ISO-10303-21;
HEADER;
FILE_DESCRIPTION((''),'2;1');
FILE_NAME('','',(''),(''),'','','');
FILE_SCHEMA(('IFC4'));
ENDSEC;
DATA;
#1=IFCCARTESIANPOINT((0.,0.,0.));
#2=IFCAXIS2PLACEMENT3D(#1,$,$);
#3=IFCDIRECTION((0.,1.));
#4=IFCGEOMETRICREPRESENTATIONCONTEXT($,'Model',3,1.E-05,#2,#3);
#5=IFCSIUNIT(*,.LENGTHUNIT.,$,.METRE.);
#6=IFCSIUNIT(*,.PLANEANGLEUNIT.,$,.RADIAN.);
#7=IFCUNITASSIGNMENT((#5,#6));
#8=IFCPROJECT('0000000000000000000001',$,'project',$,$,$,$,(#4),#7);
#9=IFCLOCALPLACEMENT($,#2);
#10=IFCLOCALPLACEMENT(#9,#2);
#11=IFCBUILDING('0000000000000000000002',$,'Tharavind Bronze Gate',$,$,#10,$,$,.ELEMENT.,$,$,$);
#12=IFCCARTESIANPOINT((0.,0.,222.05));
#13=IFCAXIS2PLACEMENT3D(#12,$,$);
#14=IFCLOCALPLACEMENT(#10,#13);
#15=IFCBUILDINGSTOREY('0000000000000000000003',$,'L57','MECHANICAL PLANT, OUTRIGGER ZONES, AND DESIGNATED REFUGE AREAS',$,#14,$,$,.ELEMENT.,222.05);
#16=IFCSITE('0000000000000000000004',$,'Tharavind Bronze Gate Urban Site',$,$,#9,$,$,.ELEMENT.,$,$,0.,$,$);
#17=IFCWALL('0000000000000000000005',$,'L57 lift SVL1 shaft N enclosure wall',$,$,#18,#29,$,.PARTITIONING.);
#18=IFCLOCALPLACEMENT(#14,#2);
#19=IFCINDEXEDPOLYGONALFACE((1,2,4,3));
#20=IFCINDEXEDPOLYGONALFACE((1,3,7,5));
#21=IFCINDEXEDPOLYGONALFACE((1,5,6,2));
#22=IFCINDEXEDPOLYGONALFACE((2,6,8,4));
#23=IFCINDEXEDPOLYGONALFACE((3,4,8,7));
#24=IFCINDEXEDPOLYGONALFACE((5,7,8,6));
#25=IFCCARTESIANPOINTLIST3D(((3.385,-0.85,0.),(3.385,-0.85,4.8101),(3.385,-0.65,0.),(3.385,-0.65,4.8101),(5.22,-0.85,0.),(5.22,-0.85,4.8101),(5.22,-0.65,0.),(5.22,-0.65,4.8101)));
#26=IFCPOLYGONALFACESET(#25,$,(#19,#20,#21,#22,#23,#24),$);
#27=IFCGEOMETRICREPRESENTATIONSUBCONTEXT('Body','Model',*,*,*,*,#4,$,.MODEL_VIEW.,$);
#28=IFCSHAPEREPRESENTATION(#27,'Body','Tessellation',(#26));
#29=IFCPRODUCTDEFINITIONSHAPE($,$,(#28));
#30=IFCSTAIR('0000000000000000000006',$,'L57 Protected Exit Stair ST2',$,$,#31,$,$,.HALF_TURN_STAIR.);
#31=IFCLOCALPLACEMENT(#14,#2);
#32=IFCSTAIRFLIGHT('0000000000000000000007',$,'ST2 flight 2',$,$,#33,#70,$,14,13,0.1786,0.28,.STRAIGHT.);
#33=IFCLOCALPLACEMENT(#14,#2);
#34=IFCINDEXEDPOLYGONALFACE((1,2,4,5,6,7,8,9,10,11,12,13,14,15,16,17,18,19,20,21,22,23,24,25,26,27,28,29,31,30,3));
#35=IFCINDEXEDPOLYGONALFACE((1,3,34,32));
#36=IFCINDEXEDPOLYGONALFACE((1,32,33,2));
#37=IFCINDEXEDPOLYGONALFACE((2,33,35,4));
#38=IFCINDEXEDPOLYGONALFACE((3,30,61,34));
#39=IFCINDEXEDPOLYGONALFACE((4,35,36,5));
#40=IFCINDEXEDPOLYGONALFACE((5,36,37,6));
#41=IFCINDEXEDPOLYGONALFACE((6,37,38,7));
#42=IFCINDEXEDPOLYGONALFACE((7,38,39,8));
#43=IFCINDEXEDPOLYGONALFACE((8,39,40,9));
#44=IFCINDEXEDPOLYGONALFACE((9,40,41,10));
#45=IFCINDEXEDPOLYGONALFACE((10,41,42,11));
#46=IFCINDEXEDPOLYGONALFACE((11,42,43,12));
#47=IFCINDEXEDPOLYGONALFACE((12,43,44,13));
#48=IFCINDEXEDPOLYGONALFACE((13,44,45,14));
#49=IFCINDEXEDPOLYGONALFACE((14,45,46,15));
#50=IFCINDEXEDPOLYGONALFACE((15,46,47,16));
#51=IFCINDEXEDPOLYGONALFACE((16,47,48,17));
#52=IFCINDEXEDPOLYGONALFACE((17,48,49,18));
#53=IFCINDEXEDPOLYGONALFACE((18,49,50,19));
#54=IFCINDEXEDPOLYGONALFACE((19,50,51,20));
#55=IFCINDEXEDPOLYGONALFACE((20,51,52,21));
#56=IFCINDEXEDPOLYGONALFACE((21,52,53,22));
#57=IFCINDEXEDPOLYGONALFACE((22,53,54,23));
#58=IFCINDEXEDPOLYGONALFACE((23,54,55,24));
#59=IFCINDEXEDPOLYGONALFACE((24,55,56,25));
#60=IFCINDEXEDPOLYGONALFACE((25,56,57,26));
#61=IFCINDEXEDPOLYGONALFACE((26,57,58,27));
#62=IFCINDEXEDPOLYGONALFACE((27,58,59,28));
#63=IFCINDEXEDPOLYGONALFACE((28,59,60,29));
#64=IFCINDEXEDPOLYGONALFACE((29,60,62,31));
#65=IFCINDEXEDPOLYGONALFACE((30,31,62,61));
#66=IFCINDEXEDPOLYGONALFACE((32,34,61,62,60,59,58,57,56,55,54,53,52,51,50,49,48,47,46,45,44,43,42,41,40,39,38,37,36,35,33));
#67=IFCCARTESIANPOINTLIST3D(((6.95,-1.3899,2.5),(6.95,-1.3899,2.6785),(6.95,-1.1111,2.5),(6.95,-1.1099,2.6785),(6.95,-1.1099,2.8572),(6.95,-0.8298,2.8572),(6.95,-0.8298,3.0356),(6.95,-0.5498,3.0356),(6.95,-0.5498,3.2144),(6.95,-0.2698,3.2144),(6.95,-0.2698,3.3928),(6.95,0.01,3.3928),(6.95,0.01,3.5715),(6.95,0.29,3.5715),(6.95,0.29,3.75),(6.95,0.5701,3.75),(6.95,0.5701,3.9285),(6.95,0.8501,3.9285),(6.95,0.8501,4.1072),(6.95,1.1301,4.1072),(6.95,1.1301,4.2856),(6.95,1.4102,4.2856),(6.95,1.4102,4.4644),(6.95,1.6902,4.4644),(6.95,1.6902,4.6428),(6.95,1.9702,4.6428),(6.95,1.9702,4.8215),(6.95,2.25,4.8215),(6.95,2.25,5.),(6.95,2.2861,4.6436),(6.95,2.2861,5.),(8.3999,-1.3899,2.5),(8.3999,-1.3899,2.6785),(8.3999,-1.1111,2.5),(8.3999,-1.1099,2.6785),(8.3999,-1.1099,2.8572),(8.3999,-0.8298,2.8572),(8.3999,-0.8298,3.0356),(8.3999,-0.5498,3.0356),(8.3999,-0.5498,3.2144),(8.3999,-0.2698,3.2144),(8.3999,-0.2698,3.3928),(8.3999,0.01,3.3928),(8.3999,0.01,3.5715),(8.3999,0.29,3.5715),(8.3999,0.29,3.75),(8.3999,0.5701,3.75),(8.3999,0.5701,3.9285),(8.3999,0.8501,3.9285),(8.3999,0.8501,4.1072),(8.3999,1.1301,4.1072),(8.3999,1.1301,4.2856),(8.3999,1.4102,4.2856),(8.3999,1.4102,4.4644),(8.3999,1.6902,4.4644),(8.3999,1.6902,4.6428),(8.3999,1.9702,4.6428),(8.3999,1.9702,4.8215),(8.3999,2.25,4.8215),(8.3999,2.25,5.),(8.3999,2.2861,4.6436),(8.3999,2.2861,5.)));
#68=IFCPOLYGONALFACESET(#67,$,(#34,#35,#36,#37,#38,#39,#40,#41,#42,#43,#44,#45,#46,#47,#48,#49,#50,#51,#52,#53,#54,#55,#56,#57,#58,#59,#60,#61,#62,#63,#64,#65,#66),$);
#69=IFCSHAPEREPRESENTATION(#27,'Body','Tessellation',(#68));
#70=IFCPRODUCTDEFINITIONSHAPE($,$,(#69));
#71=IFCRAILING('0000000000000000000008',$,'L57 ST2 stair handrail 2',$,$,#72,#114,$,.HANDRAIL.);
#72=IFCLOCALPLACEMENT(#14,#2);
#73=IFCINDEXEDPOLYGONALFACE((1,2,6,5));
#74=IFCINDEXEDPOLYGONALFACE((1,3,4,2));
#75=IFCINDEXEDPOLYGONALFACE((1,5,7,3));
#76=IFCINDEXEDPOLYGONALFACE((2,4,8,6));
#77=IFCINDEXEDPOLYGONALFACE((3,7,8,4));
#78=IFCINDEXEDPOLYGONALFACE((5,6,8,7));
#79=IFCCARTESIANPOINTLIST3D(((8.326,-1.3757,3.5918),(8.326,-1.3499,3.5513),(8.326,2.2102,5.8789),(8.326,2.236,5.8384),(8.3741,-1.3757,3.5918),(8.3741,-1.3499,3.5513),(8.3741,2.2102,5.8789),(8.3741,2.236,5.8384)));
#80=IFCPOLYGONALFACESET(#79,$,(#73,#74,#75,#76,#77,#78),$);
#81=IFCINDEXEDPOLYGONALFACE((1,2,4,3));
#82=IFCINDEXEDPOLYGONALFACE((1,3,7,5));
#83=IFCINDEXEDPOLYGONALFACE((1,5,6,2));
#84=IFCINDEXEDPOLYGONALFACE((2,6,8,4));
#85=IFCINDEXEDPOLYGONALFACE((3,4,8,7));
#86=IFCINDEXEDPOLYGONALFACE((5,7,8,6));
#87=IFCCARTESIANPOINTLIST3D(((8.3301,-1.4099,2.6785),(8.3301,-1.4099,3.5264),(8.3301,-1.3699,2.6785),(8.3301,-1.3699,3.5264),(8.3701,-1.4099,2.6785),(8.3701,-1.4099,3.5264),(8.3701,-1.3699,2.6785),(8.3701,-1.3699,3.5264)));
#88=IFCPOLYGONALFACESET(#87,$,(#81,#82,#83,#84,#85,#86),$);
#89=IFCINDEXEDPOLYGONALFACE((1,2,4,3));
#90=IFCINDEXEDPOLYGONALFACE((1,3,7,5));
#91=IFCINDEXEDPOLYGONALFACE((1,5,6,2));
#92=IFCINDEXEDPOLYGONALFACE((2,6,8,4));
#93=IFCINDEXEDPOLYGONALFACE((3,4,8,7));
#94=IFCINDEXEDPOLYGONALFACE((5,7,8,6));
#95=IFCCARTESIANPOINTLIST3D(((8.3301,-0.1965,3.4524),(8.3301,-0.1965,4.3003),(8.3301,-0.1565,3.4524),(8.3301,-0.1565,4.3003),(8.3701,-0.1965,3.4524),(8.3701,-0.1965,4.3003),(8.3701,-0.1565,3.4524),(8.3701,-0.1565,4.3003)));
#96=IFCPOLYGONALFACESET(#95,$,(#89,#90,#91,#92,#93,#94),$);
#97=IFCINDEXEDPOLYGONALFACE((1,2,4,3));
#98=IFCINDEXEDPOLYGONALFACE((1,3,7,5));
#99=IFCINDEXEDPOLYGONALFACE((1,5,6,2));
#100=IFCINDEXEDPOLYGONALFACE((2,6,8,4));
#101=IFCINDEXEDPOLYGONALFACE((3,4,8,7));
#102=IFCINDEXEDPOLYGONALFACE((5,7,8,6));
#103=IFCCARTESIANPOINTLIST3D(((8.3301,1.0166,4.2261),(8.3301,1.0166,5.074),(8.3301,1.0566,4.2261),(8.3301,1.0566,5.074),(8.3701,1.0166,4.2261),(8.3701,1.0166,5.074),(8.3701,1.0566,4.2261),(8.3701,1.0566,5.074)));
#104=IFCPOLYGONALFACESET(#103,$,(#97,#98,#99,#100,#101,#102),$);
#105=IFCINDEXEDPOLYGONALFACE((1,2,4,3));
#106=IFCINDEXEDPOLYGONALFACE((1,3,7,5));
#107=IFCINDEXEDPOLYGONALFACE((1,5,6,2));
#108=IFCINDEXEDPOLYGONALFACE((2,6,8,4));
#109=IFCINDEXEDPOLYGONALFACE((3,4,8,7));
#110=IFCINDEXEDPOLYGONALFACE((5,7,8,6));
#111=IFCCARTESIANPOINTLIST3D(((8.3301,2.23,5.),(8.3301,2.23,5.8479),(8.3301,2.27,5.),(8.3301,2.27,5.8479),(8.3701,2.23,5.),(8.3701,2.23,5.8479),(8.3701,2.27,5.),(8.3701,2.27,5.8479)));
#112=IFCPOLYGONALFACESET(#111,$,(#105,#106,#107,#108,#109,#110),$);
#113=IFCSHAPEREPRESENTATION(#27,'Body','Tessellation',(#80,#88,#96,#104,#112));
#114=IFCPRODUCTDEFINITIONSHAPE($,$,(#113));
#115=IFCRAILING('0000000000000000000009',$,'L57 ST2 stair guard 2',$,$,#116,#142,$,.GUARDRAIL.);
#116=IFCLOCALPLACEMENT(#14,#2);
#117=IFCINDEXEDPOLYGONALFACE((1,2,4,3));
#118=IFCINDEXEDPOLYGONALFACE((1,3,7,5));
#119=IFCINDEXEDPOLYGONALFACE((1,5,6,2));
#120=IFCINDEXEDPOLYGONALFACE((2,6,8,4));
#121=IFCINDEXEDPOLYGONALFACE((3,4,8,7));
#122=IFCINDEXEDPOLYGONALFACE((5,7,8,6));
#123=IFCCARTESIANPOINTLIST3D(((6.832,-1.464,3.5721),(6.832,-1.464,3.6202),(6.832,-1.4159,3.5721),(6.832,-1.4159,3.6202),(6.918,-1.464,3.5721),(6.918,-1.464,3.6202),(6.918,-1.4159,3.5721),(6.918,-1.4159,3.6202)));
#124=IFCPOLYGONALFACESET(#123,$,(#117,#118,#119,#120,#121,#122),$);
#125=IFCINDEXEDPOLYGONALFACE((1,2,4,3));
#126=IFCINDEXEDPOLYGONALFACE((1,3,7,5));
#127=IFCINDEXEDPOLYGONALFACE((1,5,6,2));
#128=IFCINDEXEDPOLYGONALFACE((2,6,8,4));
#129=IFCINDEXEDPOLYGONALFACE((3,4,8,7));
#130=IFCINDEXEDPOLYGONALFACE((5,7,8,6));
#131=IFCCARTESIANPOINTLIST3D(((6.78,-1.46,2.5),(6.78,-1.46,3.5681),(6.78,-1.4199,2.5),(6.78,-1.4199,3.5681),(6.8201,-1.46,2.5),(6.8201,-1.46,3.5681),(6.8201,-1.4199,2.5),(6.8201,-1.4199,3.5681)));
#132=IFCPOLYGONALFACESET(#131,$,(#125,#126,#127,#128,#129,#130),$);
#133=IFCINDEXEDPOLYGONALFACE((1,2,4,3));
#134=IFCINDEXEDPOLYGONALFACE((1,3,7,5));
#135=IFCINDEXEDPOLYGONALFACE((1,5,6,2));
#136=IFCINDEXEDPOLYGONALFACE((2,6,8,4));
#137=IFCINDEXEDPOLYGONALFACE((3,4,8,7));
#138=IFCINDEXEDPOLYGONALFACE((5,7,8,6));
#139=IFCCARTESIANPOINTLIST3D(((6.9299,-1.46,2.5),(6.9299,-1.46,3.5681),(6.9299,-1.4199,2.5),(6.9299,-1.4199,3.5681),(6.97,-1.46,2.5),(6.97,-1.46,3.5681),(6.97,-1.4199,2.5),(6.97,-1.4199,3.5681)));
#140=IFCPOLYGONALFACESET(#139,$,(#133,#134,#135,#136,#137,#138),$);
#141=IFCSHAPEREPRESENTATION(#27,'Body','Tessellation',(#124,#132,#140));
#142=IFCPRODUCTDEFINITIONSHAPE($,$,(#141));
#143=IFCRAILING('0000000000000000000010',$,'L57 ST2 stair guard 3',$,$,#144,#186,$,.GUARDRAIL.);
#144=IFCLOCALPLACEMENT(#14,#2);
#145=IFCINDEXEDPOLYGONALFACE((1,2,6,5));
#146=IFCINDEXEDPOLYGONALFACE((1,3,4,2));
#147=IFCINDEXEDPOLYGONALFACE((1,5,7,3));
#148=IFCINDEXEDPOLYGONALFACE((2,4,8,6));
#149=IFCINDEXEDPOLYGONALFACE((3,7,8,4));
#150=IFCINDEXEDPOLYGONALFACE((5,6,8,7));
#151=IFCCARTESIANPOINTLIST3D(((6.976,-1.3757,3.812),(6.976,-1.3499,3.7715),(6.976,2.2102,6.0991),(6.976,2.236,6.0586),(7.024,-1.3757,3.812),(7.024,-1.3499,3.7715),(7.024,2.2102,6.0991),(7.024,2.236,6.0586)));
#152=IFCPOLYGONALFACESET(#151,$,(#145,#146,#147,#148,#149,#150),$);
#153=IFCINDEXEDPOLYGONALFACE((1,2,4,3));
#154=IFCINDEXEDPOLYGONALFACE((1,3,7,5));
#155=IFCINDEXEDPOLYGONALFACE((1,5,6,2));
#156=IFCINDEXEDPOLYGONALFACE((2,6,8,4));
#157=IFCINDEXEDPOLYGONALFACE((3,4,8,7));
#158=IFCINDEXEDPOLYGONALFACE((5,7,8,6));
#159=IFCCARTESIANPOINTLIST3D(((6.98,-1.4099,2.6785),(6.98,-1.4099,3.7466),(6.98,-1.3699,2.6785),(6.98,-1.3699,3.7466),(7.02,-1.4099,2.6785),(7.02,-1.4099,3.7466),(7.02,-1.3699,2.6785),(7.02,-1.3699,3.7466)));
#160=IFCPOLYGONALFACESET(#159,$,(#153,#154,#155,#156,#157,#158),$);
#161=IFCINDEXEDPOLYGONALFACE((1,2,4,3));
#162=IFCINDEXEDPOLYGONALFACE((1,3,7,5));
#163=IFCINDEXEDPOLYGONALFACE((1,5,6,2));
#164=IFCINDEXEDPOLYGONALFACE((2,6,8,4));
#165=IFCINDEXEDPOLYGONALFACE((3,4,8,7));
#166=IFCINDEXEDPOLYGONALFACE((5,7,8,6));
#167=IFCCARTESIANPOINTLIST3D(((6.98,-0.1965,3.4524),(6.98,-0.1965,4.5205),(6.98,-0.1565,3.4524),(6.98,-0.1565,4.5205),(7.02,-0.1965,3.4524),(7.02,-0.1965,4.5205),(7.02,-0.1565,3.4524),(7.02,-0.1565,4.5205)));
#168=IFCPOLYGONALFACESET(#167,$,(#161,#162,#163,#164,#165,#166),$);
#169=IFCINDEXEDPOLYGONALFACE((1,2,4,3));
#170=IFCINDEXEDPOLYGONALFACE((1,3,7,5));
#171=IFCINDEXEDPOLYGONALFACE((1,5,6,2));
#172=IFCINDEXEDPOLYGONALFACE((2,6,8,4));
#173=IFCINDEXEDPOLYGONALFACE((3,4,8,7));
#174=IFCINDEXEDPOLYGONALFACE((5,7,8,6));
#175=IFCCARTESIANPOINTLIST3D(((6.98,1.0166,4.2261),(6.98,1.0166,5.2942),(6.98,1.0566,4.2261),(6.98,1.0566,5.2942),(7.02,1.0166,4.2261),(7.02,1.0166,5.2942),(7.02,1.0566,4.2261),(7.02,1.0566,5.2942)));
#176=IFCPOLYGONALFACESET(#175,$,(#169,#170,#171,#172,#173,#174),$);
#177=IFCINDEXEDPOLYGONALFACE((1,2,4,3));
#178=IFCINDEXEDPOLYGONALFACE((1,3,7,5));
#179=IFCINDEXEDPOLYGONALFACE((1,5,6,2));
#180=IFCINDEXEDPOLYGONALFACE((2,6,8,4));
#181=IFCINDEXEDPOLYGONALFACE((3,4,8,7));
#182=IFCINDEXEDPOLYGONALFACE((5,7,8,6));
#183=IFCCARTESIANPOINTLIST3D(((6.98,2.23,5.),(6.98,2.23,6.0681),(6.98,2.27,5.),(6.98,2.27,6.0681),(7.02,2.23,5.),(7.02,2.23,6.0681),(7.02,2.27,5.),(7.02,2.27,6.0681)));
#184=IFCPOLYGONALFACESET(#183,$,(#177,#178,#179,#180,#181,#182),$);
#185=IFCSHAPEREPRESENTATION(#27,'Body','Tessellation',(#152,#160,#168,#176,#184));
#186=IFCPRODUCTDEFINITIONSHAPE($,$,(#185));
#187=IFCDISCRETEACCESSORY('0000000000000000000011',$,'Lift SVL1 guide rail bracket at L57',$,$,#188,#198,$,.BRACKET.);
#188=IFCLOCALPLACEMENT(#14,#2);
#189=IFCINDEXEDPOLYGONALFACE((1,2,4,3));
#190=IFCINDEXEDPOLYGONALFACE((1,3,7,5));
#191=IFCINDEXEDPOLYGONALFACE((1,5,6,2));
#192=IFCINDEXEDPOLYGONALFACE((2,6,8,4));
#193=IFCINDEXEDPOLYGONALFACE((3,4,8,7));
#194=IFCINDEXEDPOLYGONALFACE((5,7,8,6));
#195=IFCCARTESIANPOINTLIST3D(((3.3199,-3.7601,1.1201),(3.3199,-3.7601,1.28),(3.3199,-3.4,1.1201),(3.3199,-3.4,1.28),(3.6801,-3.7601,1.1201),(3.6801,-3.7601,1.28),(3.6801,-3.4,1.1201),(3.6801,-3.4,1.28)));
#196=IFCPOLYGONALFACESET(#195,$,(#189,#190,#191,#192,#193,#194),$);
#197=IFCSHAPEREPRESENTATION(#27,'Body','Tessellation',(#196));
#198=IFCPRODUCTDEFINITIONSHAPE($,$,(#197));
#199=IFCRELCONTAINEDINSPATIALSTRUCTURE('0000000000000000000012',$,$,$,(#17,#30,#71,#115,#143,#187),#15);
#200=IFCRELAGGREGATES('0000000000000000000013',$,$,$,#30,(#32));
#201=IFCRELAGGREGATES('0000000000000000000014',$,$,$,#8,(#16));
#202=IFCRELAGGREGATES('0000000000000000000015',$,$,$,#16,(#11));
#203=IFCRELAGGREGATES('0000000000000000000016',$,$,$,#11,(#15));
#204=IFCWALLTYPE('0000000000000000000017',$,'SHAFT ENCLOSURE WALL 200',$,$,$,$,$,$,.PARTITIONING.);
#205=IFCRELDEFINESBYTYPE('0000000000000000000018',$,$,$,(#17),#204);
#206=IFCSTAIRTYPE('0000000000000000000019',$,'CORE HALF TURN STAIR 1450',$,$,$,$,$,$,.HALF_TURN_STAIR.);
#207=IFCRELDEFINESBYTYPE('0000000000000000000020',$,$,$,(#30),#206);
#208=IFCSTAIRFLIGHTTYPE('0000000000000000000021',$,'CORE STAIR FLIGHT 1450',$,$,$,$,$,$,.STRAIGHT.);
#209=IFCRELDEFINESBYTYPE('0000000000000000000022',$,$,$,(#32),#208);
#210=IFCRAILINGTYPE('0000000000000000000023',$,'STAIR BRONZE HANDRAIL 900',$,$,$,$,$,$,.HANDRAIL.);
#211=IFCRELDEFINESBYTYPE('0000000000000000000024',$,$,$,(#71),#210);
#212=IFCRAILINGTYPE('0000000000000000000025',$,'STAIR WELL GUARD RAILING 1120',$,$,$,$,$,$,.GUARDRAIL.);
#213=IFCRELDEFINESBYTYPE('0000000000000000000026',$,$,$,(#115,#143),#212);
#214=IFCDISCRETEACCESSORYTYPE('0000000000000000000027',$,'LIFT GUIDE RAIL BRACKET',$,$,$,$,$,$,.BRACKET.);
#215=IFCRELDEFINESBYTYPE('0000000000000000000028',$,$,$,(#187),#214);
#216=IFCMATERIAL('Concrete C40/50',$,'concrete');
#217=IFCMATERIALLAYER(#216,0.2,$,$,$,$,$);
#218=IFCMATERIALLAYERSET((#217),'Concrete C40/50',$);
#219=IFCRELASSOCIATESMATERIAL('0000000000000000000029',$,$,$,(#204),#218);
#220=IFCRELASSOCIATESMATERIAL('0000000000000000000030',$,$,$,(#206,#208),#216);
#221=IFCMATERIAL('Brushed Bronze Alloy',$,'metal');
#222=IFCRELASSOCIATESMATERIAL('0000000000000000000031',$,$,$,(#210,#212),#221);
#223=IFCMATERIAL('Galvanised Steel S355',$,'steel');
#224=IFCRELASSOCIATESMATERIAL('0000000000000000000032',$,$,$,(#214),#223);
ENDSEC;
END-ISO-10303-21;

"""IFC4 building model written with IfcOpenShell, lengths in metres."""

from ifc_helpers import new_model, si_unit, direction, frame, frame_2d, origin, origin_2d, place, context, subcontext, project, spatial, polyline, rectangle, outline, extrude, material, layer, layer_set, type_object, element, aggregate, save


model = new_model("IFC4")

# Units and contexts
model_context = context("Model", 3, precision=1e-05, world=origin(), true_north=direction((0.0, 1.0)))
body_context = subcontext(model_context, "Body", "Model", "MODEL_VIEW")
ifc_project = project(units=[si_unit("LENGTHUNIT", "METRE"), si_unit("PLANEANGLEUNIT", "RADIAN")], contexts=[model_context])

# Site, building, storey
site_placement = place(None, origin())
site = spatial("IfcSite", under=ifc_project, at=site_placement, Name="Tharavind Bronze Gate Urban Site", CompositionType="ELEMENT", RefElevation=0.0)
building_placement = place(site_placement, origin())
building = spatial("IfcBuilding", under=site, at=building_placement, Name="Tharavind Bronze Gate", CompositionType="ELEMENT")
storey_placement = place(building_placement, frame((0.0, 0.0, 222.05)))
storey = spatial("IfcBuildingStorey", under=building, at=storey_placement, Name="L57", Description="MECHANICAL PLANT, OUTRIGGER ZONES, AND DESIGNATED REFUGE AREAS", CompositionType="ELEMENT", Elevation=222.05)

# Wall
ifc_material_1 = material(Name="Concrete C40/50", Category="concrete")
ifc_layer_1 = layer(ifc_material_1, 0.2)
ifc_layer_set_1 = layer_set([ifc_layer_1], Name="Concrete C40/50")
wall_type_1 = type_object("IfcWallType", Name="SHAFT ENCLOSURE WALL 200", PredefinedType="PARTITIONING", material=ifc_layer_set_1)
wall_1_placement = place(storey_placement, frame((3.385, -0.75, 0.0), z_axis=(0.0, 0.0, 1.0), x_axis=(1.0, 0.0, 0.0)))
element("IfcWall", 1, at=wall_1_placement, inside=storey, type_object=wall_type_1, Name="L57 lift SVL1 shaft N enclosure wall", PredefinedType="PARTITIONING", context=body_context, shape_type="SweptSolid", body=[
    extrude(rectangle(XDim=1.835, YDim=0.2, at=frame_2d((0.9175, 0.0))), origin(), (0.0, 0.0, 1.0), 4.8101),
])

# Stair, stair flight
stair_type = type_object("IfcStairType", Name="CORE HALF TURN STAIR 1450", PredefinedType="HALF_TURN_STAIR", material=ifc_material_1)
stair_placement = place(storey_placement, origin())
stair = element("IfcStair", 2, at=stair_placement, inside=storey, type_object=stair_type, Name="L57 Protected Exit Stair ST2", PredefinedType="HALF_TURN_STAIR")
stair_flight_type = type_object("IfcStairFlightType", Name="CORE STAIR FLIGHT 1450", PredefinedType="STRAIGHT", material=ifc_material_1)
stair_flight_placement = place(storey_placement, frame((7.675, -1.3899, 2.5), z_axis=(0.0, 0.0, 1.0), x_axis=(0.0, 1.0, 0.0)))
stair_flight = element("IfcStairFlight", 3, at=stair_flight_placement, type_object=stair_flight_type, Name="ST2 flight 2", NumberOfRisers=14, NumberOfTreads=13, PredefinedType="STRAIGHT", RiserHeight=0.1786, TreadLength=0.28, context=body_context, shape_type="SweptSolid", body=[
    extrude(outline(polyline([(0.0, 0.0), (0.0, 0.1785), (0.28, 0.1785), (0.28, 0.3572), (0.5601, 0.3572), (0.5601, 0.5356), (0.8401, 0.5356), (0.8401, 0.7144), (1.1201, 0.7144), (1.1201, 0.8928), (1.3999, 0.8928), (1.3999, 1.0715), (1.6799, 1.0715), (1.6799, 1.25), (1.96, 1.25), (1.96, 1.4285), (2.24, 1.4285), (2.24, 1.6072), (2.52, 1.6072), (2.52, 1.7856), (2.8, 1.7856), (2.8, 1.9644), (3.0801, 1.9644), (3.0801, 2.1428), (3.3601, 2.1428), (3.3601, 2.3215), (3.6399, 2.3215), (3.6399, 2.5), (3.676, 2.5), (3.676, 2.1436), (0.2788, 0.0), (0.0, 0.0)])), frame((0.0, 0.7251, 0.0), z_axis=(0.0, -1.0, 0.0), x_axis=(1.0, 0.0, 0.0)), (0.0, 0.0, 1.0), 1.45),
])
aggregate(stair, [stair_flight])

# Railings
ifc_material_2 = material(Name="Brushed Bronze Alloy", Category="metal")
railing_type_1 = type_object("IfcRailingType", Name="STAIR BRONZE HANDRAIL 900", PredefinedType="HANDRAIL", material=ifc_material_2)
railing_1_placement = place(storey_placement, frame((8.3501, -1.3899, 2.6785)))
element("IfcRailing", 4, at=railing_1_placement, inside=storey, type_object=railing_type_1, Name="L57 ST2 stair handrail 2", PredefinedType="HANDRAIL", context=body_context, shape_type="SweptSolid", body=[
    extrude(rectangle(XDim=0.0481, YDim=0.0481, at=origin_2d()), frame((0.0, 0.0271, 0.8931), z_axis=(0.0, 0.843112, 0.537739), x_axis=(-1.0, 0.0, 0.0)), (0.0, 0.0, 1.0), 4.2532),
    extrude(rectangle(XDim=0.04, YDim=0.04, at=origin_2d()), origin(), (0.0, 0.0, 1.0), 0.8479),
    extrude(rectangle(XDim=0.04, YDim=0.04, at=origin_2d()), frame((0.0, 1.2134, 0.7739)), (0.0, 0.0, 1.0), 0.8479),
    extrude(rectangle(XDim=0.04, YDim=0.04, at=origin_2d()), frame((0.0, 2.4265, 1.5476)), (0.0, 0.0, 1.0), 0.8479),
    extrude(rectangle(XDim=0.04, YDim=0.04, at=origin_2d()), frame((0.0, 3.6399, 2.3215)), (0.0, 0.0, 1.0), 0.8479),
])
railing_type_2 = type_object("IfcRailingType", Name="STAIR WELL GUARD RAILING 1120", PredefinedType="GUARDRAIL", material=ifc_material_2)
railing_2_placement = place(storey_placement, frame((6.8, -1.4399, 2.5)))
element("IfcRailing", 5, at=railing_2_placement, inside=storey, type_object=railing_type_2, Name="L57 ST2 stair guard 2", PredefinedType="GUARDRAIL", context=body_context, shape_type="SweptSolid", body=[
    extrude(rectangle(XDim=0.0481, YDim=0.0481, at=origin_2d()), frame((0.032, 0.0, 1.0962), z_axis=(1.0, 0.0, 0.0), x_axis=(0.0, 1.0, 0.0)), (0.0, 0.0, 1.0), 0.0859),
    extrude(rectangle(XDim=0.04, YDim=0.04, at=origin_2d()), origin(), (0.0, 0.0, 1.0), 1.0681),
    extrude(rectangle(XDim=0.04, YDim=0.04, at=origin_2d()), frame((0.1499, 0.0, 0.0)), (0.0, 0.0, 1.0), 1.0681),
])
railing_3_placement = place(storey_placement, frame((7.0, -1.3899, 2.6785)))
element("IfcRailing", 6, at=railing_3_placement, inside=storey, type_object=railing_type_2, Name="L57 ST2 stair guard 3", PredefinedType="GUARDRAIL", context=body_context, shape_type="SweptSolid", body=[
    extrude(rectangle(XDim=0.0481, YDim=0.0481, at=origin_2d()), frame((0.0, 0.0271, 1.1133), z_axis=(0.0, 0.843112, 0.537739), x_axis=(-1.0, 0.0, 0.0)), (0.0, 0.0, 1.0), 4.2532),
    extrude(rectangle(XDim=0.04, YDim=0.04, at=origin_2d()), origin(), (0.0, 0.0, 1.0), 1.0681),
    extrude(rectangle(XDim=0.04, YDim=0.04, at=origin_2d()), frame((0.0, 1.2134, 0.7739)), (0.0, 0.0, 1.0), 1.0681),
    extrude(rectangle(XDim=0.04, YDim=0.04, at=origin_2d()), frame((0.0, 2.4265, 1.5476)), (0.0, 0.0, 1.0), 1.0681),
    extrude(rectangle(XDim=0.04, YDim=0.04, at=origin_2d()), frame((0.0, 3.6399, 2.3215)), (0.0, 0.0, 1.0), 1.0681),
])

# Discrete accessory
ifc_material_3 = material(Name="Galvanised Steel S355", Category="steel")
discrete_accessory_type_1 = type_object("IfcDiscreteAccessoryType", Name="LIFT GUIDE RAIL BRACKET", PredefinedType="BRACKET", material=ifc_material_3)
discrete_accessory_1_placement = place(storey_placement, frame((3.5, -3.5801, 1.1201), z_axis=(0.0, 0.0, 1.0), x_axis=(1.0, 0.0, 0.0)))
element("IfcDiscreteAccessory", 7, at=discrete_accessory_1_placement, inside=storey, type_object=discrete_accessory_type_1, Name="Lift SVL1 guide rail bracket at L57", PredefinedType="BRACKET", context=body_context, shape_type="SweptSolid", body=[
    extrude(rectangle(XDim=0.3601, YDim=0.3601, at=origin_2d()), origin(), (0.0, 0.0, 1.0), 0.1599),
])

save(model, "model.ifc")
